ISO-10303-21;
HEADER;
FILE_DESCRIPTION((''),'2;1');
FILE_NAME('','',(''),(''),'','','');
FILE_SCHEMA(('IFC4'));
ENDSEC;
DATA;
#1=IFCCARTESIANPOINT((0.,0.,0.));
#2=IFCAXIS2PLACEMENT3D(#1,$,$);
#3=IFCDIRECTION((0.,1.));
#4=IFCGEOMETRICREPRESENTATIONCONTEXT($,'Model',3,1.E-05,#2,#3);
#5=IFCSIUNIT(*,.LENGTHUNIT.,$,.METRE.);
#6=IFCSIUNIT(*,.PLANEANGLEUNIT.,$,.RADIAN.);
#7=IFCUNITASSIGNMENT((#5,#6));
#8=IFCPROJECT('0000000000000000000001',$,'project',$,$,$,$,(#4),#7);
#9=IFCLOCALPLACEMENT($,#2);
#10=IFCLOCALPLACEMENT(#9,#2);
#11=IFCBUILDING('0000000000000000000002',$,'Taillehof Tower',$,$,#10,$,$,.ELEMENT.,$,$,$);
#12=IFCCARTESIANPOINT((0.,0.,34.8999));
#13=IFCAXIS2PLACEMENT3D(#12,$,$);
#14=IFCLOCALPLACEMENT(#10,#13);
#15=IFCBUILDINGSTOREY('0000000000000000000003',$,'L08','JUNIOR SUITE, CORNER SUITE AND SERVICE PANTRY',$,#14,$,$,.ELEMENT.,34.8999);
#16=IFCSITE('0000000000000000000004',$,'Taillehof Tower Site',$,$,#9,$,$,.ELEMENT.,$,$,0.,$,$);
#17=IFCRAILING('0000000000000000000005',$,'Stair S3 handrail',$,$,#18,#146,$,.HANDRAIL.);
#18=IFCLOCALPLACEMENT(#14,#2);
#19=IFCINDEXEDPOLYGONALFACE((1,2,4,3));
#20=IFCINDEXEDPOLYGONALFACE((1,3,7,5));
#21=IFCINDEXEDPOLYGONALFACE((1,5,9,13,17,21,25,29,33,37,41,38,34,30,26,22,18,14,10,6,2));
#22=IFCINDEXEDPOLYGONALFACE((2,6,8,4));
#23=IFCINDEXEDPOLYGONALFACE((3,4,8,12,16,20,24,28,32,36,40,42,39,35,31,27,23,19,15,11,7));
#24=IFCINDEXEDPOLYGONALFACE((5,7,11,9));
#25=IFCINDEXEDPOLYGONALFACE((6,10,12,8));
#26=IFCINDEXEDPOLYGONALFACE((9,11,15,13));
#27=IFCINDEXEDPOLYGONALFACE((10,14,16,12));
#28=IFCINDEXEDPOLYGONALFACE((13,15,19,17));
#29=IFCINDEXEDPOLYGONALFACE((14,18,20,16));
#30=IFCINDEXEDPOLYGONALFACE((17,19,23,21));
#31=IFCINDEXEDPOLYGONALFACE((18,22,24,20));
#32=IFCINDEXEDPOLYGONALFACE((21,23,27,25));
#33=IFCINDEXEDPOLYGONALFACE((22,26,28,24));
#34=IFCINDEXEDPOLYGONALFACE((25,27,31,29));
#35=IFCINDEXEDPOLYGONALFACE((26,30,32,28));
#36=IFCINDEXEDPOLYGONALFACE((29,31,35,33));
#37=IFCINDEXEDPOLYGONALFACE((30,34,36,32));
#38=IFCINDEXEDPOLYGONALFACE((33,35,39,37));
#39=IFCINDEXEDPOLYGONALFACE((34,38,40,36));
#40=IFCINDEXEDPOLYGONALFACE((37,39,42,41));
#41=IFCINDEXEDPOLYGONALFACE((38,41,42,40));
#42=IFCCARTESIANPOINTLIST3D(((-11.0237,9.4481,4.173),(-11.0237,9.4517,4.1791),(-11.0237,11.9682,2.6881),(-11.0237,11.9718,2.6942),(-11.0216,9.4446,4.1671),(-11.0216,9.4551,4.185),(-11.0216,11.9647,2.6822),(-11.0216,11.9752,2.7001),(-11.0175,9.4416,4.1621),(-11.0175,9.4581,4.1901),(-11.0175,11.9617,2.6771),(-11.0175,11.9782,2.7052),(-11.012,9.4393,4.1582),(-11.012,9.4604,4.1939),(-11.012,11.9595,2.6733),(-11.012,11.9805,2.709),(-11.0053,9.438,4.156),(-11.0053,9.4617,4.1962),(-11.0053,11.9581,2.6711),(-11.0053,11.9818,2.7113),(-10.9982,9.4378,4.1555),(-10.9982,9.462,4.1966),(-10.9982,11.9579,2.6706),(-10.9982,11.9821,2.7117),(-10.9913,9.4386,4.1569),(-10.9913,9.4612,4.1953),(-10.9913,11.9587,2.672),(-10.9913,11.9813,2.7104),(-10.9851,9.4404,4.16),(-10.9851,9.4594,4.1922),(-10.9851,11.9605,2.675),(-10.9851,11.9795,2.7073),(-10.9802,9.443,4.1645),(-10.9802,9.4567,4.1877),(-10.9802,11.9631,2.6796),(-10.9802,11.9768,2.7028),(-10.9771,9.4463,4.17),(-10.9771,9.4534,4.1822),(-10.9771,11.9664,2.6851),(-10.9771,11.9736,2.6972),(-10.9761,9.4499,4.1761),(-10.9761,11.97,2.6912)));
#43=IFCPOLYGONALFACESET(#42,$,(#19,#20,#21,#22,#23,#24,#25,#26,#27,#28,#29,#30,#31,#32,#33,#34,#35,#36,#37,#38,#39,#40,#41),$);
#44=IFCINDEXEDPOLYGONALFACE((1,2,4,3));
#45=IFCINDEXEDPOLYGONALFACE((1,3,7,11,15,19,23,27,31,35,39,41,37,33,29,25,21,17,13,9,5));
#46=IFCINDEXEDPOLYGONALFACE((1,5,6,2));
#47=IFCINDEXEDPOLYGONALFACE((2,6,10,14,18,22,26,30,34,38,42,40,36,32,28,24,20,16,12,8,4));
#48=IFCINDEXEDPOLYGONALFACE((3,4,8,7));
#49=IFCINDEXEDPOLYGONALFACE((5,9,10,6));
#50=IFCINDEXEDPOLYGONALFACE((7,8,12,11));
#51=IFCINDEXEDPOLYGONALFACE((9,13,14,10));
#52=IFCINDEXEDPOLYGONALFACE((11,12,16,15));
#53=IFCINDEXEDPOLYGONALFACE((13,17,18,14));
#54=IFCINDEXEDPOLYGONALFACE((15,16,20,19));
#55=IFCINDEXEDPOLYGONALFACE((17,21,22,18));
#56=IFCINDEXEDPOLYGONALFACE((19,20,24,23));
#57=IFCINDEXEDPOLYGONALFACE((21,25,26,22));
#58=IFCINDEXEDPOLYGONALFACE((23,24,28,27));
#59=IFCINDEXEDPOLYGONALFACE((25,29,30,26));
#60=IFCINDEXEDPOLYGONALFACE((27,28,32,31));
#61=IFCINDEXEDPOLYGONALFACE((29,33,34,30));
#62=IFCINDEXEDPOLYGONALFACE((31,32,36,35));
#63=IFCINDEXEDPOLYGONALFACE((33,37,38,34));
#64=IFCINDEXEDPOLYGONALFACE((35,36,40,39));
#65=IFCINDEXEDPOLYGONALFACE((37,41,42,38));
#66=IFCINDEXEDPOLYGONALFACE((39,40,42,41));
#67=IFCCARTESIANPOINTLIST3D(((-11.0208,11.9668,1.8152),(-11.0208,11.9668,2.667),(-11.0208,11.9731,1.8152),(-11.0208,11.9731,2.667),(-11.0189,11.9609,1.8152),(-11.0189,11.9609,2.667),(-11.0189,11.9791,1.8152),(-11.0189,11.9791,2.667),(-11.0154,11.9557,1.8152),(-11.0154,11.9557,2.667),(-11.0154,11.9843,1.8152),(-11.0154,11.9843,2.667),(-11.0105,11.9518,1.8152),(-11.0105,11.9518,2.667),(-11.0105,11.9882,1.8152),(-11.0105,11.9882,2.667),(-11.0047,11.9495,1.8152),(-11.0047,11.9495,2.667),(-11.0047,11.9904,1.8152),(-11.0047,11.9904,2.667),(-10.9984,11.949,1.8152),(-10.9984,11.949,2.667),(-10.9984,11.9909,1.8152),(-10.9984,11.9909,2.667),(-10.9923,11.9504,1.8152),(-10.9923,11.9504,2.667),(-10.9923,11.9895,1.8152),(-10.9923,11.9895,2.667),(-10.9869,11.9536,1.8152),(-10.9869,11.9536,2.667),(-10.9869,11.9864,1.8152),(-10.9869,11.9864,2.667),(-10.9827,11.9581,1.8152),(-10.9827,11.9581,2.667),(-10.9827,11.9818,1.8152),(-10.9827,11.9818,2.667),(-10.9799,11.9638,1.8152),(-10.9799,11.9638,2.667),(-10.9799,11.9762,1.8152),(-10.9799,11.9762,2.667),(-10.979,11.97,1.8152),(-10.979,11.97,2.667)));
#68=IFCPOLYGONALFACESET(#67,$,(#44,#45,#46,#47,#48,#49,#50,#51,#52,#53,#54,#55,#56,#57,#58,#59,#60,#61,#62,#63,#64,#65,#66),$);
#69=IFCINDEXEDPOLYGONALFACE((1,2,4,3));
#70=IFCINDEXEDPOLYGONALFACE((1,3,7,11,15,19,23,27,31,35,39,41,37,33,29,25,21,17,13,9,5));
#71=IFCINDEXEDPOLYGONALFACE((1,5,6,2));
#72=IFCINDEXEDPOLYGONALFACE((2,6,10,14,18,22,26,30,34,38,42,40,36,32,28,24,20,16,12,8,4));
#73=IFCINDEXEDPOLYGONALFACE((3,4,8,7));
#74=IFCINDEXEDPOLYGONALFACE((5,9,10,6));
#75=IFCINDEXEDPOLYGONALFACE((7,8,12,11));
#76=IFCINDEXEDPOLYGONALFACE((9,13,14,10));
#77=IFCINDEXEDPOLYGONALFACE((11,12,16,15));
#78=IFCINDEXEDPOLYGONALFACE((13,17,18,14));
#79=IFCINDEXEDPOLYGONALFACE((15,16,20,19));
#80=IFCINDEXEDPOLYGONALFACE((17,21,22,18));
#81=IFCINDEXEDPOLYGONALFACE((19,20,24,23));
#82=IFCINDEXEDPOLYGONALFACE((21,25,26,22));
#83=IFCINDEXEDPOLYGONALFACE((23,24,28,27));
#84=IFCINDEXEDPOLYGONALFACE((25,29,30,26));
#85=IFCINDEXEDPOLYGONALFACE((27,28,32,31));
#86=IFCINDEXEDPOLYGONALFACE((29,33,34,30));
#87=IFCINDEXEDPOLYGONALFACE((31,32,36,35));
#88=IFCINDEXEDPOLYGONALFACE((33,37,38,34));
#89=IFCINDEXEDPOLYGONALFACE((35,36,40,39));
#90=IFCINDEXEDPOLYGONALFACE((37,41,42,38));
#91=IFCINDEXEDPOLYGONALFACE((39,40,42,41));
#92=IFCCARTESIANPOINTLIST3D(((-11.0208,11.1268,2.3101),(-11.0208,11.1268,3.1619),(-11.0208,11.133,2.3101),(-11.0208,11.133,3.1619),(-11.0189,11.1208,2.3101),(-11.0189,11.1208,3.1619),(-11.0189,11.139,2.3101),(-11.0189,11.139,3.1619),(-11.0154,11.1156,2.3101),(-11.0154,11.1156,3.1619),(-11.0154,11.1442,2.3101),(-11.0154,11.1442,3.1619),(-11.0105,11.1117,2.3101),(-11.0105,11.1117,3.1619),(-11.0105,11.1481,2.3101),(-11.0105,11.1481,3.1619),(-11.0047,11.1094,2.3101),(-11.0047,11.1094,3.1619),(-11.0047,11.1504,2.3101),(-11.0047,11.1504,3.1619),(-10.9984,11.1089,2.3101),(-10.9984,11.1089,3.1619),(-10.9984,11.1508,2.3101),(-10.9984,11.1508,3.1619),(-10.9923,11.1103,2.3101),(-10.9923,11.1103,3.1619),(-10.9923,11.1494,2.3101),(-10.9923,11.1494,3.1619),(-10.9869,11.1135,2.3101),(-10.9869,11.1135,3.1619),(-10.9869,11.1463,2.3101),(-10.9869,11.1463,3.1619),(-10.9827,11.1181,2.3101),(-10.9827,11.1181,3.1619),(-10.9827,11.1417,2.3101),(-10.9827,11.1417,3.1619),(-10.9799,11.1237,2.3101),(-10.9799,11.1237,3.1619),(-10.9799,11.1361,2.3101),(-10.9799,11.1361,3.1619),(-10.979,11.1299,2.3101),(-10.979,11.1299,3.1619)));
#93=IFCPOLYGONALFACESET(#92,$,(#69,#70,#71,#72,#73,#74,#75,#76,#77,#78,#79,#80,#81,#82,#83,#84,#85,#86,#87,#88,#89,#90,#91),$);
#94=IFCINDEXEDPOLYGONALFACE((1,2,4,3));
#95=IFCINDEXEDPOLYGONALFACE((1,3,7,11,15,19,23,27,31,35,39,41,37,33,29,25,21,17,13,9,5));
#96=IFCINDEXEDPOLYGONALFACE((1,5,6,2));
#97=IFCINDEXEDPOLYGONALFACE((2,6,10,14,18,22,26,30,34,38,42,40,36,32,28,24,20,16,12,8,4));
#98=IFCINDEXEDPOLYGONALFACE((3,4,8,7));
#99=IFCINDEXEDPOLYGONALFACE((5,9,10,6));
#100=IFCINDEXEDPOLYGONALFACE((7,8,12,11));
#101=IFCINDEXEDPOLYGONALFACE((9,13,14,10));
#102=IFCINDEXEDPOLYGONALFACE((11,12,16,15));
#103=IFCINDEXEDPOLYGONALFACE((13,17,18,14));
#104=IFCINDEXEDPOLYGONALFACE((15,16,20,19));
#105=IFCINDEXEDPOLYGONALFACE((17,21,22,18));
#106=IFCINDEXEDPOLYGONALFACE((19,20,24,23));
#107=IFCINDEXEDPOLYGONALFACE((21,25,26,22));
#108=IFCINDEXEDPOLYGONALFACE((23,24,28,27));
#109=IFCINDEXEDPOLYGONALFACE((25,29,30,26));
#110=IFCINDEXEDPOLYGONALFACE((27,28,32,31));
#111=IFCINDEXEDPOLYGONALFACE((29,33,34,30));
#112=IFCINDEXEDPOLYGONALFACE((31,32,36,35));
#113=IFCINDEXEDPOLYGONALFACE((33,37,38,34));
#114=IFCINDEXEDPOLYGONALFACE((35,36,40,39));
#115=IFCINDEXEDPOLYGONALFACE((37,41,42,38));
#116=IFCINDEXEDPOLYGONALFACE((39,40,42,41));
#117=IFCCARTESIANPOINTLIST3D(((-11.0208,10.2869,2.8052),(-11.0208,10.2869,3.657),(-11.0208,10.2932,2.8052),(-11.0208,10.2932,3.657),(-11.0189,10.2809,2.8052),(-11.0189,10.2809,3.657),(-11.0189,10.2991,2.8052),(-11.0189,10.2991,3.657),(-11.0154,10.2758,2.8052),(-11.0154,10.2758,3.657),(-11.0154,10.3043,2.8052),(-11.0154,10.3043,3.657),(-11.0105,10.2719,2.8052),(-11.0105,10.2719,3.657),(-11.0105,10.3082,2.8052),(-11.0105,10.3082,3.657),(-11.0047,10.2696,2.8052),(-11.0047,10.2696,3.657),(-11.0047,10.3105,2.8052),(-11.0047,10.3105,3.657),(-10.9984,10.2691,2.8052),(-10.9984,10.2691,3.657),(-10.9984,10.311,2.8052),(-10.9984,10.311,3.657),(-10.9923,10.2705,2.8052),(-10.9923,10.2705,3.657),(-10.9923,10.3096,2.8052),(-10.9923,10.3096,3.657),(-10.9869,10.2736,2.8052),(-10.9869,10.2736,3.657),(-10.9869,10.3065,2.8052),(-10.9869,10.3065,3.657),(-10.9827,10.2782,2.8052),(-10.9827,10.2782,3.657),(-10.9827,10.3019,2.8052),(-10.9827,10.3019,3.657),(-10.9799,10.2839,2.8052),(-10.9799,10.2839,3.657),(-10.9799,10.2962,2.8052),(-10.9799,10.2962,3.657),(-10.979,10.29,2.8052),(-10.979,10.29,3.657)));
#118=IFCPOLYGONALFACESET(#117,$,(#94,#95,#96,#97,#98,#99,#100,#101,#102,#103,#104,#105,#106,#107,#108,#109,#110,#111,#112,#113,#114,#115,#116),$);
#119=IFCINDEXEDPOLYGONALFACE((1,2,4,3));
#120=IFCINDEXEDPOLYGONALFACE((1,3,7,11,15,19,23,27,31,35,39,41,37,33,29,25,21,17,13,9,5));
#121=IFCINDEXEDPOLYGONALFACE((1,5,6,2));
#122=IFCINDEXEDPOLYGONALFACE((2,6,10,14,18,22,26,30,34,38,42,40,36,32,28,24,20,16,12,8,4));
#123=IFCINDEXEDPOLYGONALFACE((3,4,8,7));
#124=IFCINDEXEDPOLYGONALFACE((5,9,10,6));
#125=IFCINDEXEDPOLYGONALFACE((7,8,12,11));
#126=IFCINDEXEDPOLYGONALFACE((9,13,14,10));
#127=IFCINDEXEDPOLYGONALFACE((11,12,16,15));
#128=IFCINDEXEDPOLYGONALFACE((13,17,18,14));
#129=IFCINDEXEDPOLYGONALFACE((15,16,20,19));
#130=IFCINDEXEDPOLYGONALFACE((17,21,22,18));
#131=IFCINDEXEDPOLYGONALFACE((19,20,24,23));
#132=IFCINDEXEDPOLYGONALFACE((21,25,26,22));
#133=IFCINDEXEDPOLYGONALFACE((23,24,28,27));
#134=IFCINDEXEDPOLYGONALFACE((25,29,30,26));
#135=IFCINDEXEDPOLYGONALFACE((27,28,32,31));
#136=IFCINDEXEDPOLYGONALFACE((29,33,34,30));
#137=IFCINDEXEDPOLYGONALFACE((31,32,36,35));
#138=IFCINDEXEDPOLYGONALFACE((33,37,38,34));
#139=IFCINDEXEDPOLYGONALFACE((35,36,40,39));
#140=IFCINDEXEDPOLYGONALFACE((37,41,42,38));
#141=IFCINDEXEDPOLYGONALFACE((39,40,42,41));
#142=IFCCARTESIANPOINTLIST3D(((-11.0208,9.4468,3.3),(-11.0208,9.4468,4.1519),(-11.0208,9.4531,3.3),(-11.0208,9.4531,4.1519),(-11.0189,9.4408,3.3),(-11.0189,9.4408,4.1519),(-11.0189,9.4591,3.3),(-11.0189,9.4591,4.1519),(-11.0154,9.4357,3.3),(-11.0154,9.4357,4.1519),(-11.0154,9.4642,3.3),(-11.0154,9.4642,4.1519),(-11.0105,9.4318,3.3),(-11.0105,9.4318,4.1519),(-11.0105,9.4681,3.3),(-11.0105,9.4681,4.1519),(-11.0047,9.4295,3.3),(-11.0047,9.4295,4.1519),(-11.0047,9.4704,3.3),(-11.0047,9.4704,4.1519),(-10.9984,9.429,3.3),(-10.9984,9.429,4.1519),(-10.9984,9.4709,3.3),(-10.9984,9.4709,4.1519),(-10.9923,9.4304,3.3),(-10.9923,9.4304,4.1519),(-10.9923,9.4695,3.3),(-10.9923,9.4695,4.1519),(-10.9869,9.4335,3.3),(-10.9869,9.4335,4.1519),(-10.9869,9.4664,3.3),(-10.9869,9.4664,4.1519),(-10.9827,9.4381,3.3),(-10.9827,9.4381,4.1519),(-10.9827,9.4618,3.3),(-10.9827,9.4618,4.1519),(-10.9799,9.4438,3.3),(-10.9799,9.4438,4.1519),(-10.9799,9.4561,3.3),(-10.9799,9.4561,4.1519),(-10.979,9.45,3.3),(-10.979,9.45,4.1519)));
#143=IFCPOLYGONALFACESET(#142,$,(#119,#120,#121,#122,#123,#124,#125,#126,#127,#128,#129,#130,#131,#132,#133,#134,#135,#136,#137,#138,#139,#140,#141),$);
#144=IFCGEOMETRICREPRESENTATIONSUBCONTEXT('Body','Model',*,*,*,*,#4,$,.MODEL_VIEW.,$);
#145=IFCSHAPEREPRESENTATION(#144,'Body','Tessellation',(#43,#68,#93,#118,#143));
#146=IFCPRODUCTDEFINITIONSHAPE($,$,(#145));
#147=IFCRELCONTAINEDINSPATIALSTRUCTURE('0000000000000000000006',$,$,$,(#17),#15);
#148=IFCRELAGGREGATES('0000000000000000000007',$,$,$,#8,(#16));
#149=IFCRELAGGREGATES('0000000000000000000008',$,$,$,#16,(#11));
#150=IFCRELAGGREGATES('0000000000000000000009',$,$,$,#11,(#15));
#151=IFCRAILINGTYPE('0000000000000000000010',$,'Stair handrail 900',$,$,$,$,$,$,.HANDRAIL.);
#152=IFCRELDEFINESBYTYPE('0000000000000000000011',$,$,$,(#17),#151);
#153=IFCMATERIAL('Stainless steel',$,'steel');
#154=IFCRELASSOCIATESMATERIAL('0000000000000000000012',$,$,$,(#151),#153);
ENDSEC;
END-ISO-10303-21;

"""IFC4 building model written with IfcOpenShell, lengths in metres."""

from ifc_helpers import new_model, si_unit, direction, frame, origin, origin_2d, place, context, subcontext, project, spatial, circle, extrude, material, type_object, element, save


model = new_model("IFC4")

# Units and contexts
model_context = context("Model", 3, precision=1e-05, world=origin(), true_north=direction((0.0, 1.0)))
body_context = subcontext(model_context, "Body", "Model", "MODEL_VIEW")
ifc_project = project(units=[si_unit("LENGTHUNIT", "METRE"), si_unit("PLANEANGLEUNIT", "RADIAN")], contexts=[model_context])

# Site, building, storey
site_placement = place(None, origin())
site = spatial("IfcSite", under=ifc_project, at=site_placement, Name="Taillehof Tower Site", CompositionType="ELEMENT", RefElevation=0.0)
building_placement = place(site_placement, origin())
building = spatial("IfcBuilding", under=site, at=building_placement, Name="Taillehof Tower", CompositionType="ELEMENT")
storey_placement = place(building_placement, frame((0.0, 0.0, 34.8999)))
storey = spatial("IfcBuildingStorey", under=building, at=storey_placement, Name="L08", Description="JUNIOR SUITE, CORNER SUITE AND SERVICE PANTRY", CompositionType="ELEMENT", Elevation=34.8999)

# Railing
ifc_material_1 = material(Name="Stainless steel", Category="steel")
railing_type = type_object("IfcRailingType", Name="Stair handrail 900", PredefinedType="HANDRAIL", material=ifc_material_1)
railing_placement = place(storey_placement, frame((-11.0, 11.97, 1.8152)))
element("IfcRailing", 1, at=railing_placement, inside=storey, type_object=railing_type, Name="Stair S3 handrail", PredefinedType="HANDRAIL", context=body_context, shape_type="SweptSolid", body=[
    extrude(circle(Radius=0.0239, at=origin_2d()), frame((0.0, 0.0, 0.876), z_axis=(0.0, -0.861561, 0.507655), x_axis=(1.0, 0.0, 0.0)), (0.0, 0.0, 1.0), 2.925),
    extrude(circle(Radius=0.021, at=origin_2d()), origin(), (0.0, 0.0, 1.0), 0.8518),
    extrude(circle(Radius=0.021, at=origin_2d()), frame((0.0, -0.8401, 0.4949)), (0.0, 0.0, 1.0), 0.8518),
    extrude(circle(Radius=0.021, at=origin_2d()), frame((0.0, -1.6799, 0.99)), (0.0, 0.0, 1.0), 0.8518),
    extrude(circle(Radius=0.021, at=origin_2d()), frame((0.0, -2.52, 1.4849)), (0.0, 0.0, 1.0), 0.8518),
])

save(model, "model.ifc")
